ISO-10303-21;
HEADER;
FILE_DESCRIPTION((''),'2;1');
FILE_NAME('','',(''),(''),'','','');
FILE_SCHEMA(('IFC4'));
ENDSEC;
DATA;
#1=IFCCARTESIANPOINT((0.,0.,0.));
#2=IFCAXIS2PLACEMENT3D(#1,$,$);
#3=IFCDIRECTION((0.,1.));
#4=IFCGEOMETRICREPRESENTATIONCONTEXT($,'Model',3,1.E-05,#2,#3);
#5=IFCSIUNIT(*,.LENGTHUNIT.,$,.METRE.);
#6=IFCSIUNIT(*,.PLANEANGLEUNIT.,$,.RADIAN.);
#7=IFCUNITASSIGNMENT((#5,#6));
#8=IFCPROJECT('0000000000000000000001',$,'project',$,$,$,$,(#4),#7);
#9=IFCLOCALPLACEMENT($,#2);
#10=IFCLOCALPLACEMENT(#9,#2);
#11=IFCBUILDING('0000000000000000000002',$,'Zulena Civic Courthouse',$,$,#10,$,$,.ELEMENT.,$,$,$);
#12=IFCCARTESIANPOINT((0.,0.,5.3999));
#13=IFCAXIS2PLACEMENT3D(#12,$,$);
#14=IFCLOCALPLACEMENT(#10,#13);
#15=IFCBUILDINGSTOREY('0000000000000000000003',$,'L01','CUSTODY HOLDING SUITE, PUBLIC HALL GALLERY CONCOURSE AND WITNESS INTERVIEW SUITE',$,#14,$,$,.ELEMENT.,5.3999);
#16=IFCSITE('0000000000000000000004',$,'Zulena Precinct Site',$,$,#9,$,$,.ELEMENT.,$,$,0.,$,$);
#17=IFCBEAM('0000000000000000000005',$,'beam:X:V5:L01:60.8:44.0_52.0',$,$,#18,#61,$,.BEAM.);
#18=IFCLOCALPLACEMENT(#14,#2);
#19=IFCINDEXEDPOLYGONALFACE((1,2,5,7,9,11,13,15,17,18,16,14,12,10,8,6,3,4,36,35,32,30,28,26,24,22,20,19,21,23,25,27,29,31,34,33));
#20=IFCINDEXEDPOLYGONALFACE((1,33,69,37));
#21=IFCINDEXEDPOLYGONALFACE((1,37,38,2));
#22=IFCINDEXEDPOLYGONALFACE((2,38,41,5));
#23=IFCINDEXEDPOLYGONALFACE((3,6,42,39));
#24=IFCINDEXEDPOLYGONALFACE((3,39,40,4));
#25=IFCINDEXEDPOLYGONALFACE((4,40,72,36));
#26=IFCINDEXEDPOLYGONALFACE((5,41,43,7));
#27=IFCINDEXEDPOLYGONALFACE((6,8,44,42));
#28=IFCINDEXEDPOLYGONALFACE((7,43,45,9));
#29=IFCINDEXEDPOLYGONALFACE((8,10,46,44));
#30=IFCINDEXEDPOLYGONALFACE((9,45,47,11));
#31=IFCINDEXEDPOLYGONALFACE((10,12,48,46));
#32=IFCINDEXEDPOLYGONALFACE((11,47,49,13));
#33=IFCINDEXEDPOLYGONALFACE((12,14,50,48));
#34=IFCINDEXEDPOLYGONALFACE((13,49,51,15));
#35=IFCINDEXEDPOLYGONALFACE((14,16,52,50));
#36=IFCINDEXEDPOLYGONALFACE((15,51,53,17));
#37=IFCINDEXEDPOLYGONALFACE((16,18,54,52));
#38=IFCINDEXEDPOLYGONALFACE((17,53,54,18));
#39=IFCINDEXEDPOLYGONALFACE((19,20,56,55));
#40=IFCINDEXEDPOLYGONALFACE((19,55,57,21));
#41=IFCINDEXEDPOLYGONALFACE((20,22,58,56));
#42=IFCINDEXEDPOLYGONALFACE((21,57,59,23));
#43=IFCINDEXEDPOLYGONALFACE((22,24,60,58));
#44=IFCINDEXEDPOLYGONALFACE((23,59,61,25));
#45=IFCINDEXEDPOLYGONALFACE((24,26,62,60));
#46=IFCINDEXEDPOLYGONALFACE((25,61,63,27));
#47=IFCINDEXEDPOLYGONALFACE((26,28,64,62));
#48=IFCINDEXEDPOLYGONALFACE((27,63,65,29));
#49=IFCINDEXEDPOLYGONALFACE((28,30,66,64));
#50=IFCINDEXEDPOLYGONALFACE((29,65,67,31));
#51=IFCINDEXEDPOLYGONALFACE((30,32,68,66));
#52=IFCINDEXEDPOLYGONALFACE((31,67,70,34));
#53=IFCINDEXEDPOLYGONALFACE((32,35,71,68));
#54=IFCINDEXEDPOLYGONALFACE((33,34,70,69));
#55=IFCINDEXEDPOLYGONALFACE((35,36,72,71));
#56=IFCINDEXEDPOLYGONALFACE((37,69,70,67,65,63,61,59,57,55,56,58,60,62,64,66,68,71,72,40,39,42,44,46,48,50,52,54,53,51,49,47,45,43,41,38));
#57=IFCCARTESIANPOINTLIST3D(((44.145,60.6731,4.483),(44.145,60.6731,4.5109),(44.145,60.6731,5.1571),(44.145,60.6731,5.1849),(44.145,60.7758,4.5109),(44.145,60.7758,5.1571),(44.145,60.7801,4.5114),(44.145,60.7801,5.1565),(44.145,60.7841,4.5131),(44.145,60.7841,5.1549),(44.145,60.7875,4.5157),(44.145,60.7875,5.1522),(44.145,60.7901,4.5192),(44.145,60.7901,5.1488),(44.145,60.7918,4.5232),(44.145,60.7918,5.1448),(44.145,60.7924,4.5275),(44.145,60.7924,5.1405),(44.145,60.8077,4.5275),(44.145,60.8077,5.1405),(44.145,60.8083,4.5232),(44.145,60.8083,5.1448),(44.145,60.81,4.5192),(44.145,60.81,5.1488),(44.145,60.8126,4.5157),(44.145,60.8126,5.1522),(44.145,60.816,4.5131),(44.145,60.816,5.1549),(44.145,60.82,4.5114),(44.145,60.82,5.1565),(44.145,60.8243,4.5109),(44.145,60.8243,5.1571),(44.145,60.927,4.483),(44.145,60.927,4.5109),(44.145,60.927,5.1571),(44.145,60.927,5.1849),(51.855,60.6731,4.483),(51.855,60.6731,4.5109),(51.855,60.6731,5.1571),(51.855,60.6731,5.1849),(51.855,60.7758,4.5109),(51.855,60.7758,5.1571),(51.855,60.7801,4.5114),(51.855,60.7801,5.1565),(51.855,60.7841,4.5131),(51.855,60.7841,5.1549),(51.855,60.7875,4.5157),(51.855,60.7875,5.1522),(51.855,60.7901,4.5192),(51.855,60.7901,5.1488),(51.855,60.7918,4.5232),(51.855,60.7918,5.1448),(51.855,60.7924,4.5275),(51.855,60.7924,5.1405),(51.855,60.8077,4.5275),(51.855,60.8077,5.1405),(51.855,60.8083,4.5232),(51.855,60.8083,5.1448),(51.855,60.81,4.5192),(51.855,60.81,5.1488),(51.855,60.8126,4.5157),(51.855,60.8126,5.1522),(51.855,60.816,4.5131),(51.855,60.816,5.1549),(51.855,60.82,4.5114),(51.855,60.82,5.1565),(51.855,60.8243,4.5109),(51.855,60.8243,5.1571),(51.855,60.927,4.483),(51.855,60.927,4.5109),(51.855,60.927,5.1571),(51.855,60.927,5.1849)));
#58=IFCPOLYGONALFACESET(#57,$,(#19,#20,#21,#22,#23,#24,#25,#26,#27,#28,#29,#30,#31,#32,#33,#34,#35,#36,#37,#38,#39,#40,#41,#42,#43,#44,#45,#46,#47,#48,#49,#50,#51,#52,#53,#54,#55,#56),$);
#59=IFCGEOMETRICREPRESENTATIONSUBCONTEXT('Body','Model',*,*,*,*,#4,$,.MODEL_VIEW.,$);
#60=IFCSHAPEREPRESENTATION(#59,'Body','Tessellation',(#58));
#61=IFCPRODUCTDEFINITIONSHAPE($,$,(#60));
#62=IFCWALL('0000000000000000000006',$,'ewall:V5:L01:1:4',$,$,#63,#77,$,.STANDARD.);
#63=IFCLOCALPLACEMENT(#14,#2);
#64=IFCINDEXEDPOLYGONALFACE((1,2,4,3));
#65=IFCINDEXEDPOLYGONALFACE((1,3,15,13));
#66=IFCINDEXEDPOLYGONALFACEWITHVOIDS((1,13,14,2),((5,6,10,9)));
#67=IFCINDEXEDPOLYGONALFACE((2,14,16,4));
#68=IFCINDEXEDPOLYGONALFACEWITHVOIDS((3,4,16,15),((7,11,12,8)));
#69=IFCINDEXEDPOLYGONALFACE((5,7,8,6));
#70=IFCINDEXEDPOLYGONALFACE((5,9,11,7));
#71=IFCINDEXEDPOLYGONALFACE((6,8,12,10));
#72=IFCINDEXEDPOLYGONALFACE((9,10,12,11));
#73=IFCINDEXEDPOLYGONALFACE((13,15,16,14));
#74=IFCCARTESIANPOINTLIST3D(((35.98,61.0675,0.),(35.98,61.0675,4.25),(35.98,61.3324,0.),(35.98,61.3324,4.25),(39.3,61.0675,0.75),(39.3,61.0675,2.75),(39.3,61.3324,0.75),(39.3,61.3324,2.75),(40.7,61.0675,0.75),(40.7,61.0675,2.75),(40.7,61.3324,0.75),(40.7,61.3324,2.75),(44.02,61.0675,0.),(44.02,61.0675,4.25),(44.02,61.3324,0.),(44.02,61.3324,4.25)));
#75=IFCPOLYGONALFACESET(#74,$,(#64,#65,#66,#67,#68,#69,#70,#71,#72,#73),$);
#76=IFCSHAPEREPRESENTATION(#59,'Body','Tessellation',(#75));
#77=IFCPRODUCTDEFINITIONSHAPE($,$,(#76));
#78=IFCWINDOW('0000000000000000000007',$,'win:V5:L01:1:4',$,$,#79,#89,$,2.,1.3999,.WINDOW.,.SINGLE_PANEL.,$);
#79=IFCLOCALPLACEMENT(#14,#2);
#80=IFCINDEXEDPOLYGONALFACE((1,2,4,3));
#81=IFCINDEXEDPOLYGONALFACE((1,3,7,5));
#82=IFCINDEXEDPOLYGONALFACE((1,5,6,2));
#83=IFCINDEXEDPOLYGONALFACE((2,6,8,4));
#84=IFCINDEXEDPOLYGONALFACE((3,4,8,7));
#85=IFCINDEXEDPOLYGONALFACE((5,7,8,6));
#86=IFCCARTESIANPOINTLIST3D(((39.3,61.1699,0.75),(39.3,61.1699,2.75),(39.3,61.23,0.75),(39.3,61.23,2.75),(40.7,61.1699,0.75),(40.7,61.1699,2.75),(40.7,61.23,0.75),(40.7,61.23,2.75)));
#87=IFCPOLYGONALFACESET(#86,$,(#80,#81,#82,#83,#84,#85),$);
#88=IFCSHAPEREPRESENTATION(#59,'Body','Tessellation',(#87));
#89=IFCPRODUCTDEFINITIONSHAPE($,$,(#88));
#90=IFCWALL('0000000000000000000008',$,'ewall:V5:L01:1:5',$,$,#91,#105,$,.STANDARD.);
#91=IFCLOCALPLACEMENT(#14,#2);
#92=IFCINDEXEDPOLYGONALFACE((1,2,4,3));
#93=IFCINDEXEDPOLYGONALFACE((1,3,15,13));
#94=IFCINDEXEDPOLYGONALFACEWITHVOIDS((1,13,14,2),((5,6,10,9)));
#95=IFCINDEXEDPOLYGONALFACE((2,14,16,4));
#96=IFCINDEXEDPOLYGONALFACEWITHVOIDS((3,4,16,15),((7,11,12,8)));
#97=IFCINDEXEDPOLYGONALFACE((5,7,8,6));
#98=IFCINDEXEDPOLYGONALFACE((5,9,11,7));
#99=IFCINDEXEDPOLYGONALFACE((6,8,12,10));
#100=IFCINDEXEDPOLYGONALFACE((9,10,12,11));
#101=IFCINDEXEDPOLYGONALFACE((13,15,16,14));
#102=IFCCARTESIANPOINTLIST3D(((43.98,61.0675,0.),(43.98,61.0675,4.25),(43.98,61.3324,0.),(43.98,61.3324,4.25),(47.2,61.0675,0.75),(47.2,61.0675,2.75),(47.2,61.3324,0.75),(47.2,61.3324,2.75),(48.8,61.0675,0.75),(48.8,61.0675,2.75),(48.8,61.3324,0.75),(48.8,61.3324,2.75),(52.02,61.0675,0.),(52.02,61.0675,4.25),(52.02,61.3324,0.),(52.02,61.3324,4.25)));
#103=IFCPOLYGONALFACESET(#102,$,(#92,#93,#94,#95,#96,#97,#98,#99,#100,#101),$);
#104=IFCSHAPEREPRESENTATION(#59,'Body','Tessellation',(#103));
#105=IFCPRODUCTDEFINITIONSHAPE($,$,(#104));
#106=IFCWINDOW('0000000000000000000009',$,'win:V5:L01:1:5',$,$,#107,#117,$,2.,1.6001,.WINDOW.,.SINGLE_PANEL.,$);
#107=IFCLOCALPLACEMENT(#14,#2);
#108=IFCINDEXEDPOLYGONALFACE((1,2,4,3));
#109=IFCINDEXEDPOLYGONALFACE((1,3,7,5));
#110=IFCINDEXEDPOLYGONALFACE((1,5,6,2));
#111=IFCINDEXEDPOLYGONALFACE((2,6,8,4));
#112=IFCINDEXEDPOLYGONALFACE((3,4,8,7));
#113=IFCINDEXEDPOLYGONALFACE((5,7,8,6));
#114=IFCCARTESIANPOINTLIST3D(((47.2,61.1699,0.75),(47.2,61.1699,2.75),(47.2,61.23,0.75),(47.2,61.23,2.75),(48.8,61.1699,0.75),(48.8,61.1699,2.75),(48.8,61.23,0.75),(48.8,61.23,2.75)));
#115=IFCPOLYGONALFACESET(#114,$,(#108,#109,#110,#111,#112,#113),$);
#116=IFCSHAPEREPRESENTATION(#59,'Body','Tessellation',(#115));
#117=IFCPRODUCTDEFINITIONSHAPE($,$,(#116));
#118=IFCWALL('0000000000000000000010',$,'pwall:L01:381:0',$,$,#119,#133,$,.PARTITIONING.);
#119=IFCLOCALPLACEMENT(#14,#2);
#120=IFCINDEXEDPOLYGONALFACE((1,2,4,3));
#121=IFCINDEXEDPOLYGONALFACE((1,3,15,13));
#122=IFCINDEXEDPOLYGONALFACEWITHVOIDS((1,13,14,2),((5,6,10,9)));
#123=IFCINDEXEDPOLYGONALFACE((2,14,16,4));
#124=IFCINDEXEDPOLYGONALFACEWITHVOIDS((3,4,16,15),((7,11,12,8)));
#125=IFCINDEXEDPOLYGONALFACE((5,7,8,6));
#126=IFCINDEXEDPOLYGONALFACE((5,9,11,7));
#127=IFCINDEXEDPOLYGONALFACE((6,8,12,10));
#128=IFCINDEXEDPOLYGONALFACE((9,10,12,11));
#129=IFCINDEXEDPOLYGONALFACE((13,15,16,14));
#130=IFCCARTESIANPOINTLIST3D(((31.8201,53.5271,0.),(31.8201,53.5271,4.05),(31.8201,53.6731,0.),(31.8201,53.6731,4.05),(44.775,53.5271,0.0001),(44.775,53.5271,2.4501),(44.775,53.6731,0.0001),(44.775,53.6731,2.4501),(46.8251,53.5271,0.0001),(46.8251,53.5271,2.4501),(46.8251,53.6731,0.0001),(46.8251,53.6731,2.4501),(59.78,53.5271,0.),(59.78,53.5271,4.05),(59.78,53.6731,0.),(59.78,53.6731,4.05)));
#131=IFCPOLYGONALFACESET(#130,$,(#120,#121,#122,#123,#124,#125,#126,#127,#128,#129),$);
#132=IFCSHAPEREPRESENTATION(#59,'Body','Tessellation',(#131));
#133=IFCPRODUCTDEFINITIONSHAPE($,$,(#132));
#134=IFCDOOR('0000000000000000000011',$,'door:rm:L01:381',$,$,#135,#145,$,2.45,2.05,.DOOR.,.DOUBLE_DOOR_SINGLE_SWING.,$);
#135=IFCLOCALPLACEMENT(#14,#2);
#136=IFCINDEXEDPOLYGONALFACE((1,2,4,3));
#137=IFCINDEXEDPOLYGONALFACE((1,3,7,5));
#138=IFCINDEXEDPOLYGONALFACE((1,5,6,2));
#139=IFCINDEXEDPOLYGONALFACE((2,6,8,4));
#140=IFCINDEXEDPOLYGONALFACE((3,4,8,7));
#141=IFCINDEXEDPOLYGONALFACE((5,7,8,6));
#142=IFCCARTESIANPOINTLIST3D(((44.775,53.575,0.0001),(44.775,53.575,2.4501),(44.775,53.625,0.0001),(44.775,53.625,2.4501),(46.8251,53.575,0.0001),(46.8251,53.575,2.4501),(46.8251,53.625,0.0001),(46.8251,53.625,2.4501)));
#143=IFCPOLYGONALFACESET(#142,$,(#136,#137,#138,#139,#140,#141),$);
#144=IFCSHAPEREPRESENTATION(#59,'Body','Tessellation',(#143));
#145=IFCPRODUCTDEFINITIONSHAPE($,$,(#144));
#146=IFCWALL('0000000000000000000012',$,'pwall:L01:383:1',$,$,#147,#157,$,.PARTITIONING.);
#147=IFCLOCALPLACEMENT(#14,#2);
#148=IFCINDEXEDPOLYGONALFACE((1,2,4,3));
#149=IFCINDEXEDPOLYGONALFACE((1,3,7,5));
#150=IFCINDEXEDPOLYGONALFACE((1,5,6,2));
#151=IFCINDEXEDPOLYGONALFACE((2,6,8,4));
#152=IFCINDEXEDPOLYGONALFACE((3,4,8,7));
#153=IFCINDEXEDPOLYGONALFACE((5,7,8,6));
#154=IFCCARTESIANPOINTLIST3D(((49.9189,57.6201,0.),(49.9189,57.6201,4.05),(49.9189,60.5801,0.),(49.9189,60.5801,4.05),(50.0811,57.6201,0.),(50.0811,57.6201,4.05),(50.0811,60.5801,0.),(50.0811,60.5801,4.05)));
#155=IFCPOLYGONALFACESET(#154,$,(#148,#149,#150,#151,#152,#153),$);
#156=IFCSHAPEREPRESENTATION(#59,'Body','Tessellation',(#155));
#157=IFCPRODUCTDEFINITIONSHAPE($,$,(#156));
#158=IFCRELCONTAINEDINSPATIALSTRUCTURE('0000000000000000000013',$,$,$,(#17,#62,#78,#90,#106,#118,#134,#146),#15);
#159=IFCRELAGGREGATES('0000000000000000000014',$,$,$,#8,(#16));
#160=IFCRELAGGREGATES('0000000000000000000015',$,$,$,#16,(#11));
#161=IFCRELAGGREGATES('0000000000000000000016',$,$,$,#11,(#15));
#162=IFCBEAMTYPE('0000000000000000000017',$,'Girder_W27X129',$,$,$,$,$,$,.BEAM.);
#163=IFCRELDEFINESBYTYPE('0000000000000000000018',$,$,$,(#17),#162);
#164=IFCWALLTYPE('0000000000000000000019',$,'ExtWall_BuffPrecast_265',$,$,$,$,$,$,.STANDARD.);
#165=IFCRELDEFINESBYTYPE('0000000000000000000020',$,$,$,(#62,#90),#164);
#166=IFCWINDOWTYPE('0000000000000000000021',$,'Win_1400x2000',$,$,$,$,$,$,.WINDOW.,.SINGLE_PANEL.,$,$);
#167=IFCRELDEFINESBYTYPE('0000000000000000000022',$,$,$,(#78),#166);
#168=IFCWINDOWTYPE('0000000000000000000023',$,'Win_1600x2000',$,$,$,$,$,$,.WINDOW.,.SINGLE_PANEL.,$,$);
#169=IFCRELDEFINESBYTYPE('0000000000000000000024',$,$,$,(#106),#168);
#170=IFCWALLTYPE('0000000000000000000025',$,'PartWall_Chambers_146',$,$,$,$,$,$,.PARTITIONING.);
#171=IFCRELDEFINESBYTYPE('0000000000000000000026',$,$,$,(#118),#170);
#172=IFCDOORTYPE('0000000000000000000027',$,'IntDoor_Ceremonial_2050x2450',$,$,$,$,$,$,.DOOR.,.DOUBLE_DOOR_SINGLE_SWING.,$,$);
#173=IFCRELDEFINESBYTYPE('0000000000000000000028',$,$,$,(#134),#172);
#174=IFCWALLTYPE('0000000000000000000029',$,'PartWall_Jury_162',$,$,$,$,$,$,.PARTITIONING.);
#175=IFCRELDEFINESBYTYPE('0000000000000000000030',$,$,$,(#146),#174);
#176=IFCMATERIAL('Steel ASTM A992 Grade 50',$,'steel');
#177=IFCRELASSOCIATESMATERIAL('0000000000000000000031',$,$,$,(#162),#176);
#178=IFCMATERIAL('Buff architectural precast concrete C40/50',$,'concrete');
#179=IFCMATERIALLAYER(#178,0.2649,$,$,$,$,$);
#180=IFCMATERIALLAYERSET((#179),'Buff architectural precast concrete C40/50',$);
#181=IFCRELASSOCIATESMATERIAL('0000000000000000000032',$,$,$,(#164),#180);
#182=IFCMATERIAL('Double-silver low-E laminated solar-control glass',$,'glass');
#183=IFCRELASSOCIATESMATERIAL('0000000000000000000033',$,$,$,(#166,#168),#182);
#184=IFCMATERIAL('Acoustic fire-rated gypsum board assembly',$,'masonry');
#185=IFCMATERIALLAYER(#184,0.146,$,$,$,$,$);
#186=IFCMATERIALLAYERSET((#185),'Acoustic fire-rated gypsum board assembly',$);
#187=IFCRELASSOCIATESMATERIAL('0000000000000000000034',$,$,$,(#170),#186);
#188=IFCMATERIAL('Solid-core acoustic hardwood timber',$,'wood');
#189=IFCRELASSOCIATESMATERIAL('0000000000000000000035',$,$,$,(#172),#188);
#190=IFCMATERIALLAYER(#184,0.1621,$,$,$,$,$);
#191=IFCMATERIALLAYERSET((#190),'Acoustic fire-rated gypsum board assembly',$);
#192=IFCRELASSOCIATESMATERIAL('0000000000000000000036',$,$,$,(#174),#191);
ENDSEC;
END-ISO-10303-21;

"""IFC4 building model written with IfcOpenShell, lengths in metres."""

from ifc_helpers import new_model, si_unit, direction, frame, frame_2d, origin, origin_2d, place, context, subcontext, project, spatial, rectangle, i_section, extrude, material, layer, layer_set, material_profile, profile_set, type_object, element, fill, save


model = new_model("IFC4")

# Units and contexts
model_context = context("Model", 3, precision=1e-05, world=origin(), true_north=direction((0.0, 1.0)))
body_context = subcontext(model_context, "Body", "Model", "MODEL_VIEW")
ifc_project = project(units=[si_unit("LENGTHUNIT", "METRE"), si_unit("PLANEANGLEUNIT", "RADIAN")], contexts=[model_context])

# Site, building, storey
site_placement = place(None, origin())
site = spatial("IfcSite", under=ifc_project, at=site_placement, Name="Zulena Precinct Site", CompositionType="ELEMENT", RefElevation=0.0)
building_placement = place(site_placement, origin())
building = spatial("IfcBuilding", under=site, at=building_placement, Name="Zulena Civic Courthouse", CompositionType="ELEMENT")
storey_placement = place(building_placement, frame((0.0, 0.0, 5.3999)))
storey = spatial("IfcBuildingStorey", under=building, at=storey_placement, Name="L01", Description="CUSTODY HOLDING SUITE, PUBLIC HALL GALLERY CONCOURSE AND WITNESS INTERVIEW SUITE", CompositionType="ELEMENT", Elevation=5.3999)

# Shared definitions
ifc_material_1 = material(Name="Steel ASTM A992 Grade 50", Category="steel")

# Beam
ifc_material_profile_1 = material_profile(ifc_material_1, i_section(OverallWidth=0.2539, OverallDepth=0.7019, WebThickness=0.0154, FlangeThickness=0.0278, FilletRadius=0.0166, at=origin_2d()), Name="W27X129")
ifc_profile_set_1 = profile_set([ifc_material_profile_1], Name="Steel ASTM A992 Grade 50")
beam_type_1 = type_object("IfcBeamType", Name="Girder_W27X129", PredefinedType="BEAM", material=ifc_profile_set_1)
for number, where, z_axis, x_axis, name in (
    (1, (44.145, 60.8, 4.834), (1.0, 0.0, 0.0), (0.0, 1.0, 0.0), "beam:X:V5:L01:60.8:44.0_52.0"),
):
    element("IfcBeam", number, at=place(storey_placement, frame(where, z_axis=z_axis, x_axis=x_axis)), inside=storey, type_object=beam_type_1, Name=name, PredefinedType="BEAM", context=body_context, shape_type="SweptSolid", body=[
        extrude(i_section(OverallWidth=0.2539, OverallDepth=0.7019, WebThickness=0.0154, FlangeThickness=0.0278, FilletRadius=0.0166, at=origin_2d()), origin(), (0.0, 0.0, 1.0), 7.71),
    ])

# Walls, openings, windows
ifc_material_2 = material(Name="Buff architectural precast concrete C40/50", Category="concrete")
ifc_layer_1 = layer(ifc_material_2, 0.2649)
ifc_layer_set_1 = layer_set([ifc_layer_1], Name="Buff architectural precast concrete C40/50")
wall_type_1 = type_object("IfcWallType", Name="ExtWall_BuffPrecast_265", PredefinedType="STANDARD", material=ifc_layer_set_1)
wall_1_placement = place(storey_placement, frame((35.98, 61.2, 0.0), z_axis=(0.0, 0.0, 1.0), x_axis=(1.0, 0.0, 0.0)))
wall_1 = element("IfcWall", 2, at=wall_1_placement, inside=storey, type_object=wall_type_1, Name="ewall:V5:L01:1:4", PredefinedType="STANDARD", context=body_context, shape_type="SweptSolid", body=[
    extrude(rectangle(XDim=8.04, YDim=0.2649, at=frame_2d((4.02, 0.0))), origin(), (0.0, 0.0, 1.0), 4.25),
])
opening_1_placement = place(wall_1_placement, frame((3.3201, 0.0, 0.75)))
opening_1 = element("IfcOpeningElement", 3, at=opening_1_placement, cuts=wall_1, PredefinedType="OPENING", context=body_context, shape_type="SweptSolid", body=[
    extrude(rectangle(XDim=1.3999, YDim=2.0, at=frame_2d((0.7, 1.0))), frame((0.0, 0.1423, 0.0), z_axis=(0.0, -1.0, 0.0), x_axis=(1.0, 0.0, 0.0)), (0.0, 0.0, 1.0), 0.2849),
])
ifc_material_3 = material(Name="Double-silver low-E laminated solar-control glass", Category="glass")
window_type_1 = type_object("IfcWindowType", Name="Win_1400x2000", PartitioningType="SINGLE_PANEL", PredefinedType="WINDOW", material=ifc_material_3)
window_1_placement = place(opening_1_placement, origin())
window_1 = element("IfcWindow", 4, at=window_1_placement, inside=storey, type_object=window_type_1, Name="win:V5:L01:1:4", OverallHeight=2.0, OverallWidth=1.3999, PartitioningType="SINGLE_PANEL", PredefinedType="WINDOW", context=body_context, shape_type="SweptSolid", body=[
    extrude(rectangle(XDim=1.3999, YDim=2.0, at=frame_2d((0.7, 1.0))), frame((0.0, 0.03, 0.0), z_axis=(0.0, -1.0, 0.0), x_axis=(1.0, 0.0, 0.0)), (0.0, 0.0, 1.0), 0.0601),
])
fill(opening_1, window_1)
wall_2_placement = place(storey_placement, frame((43.98, 61.2, 0.0), z_axis=(0.0, 0.0, 1.0), x_axis=(1.0, 0.0, 0.0)))
wall_2 = element("IfcWall", 5, at=wall_2_placement, inside=storey, type_object=wall_type_1, Name="ewall:V5:L01:1:5", PredefinedType="STANDARD", context=body_context, shape_type="SweptSolid", body=[
    extrude(rectangle(XDim=8.04, YDim=0.2649, at=frame_2d((4.02, 0.0))), origin(), (0.0, 0.0, 1.0), 4.25),
])
opening_2_placement = place(wall_2_placement, frame((3.22, 0.0, 0.75)))
opening_2 = element("IfcOpeningElement", 6, at=opening_2_placement, cuts=wall_2, PredefinedType="OPENING", context=body_context, shape_type="SweptSolid", body=[
    extrude(rectangle(XDim=1.6001, YDim=2.0, at=frame_2d((0.8, 1.0))), frame((0.0, 0.1423, 0.0), z_axis=(0.0, -1.0, 0.0), x_axis=(1.0, 0.0, 0.0)), (0.0, 0.0, 1.0), 0.2849),
])
window_type_2 = type_object("IfcWindowType", Name="Win_1600x2000", PartitioningType="SINGLE_PANEL", PredefinedType="WINDOW", material=ifc_material_3)
window_2_placement = place(opening_2_placement, origin())
window_2 = element("IfcWindow", 7, at=window_2_placement, inside=storey, type_object=window_type_2, Name="win:V5:L01:1:5", OverallHeight=2.0, OverallWidth=1.6001, PartitioningType="SINGLE_PANEL", PredefinedType="WINDOW", context=body_context, shape_type="SweptSolid", body=[
    extrude(rectangle(XDim=1.6001, YDim=2.0, at=frame_2d((0.8, 1.0))), frame((0.0, 0.03, 0.0), z_axis=(0.0, -1.0, 0.0), x_axis=(1.0, 0.0, 0.0)), (0.0, 0.0, 1.0), 0.0601),
])
fill(opening_2, window_2)

# Wall, opening, door
ifc_material_4 = material(Name="Acoustic fire-rated gypsum board assembly", Category="masonry")
ifc_layer_2 = layer(ifc_material_4, 0.146)
ifc_layer_set_2 = layer_set([ifc_layer_2], Name="Acoustic fire-rated gypsum board assembly")
wall_type_2 = type_object("IfcWallType", Name="PartWall_Chambers_146", PredefinedType="PARTITIONING", material=ifc_layer_set_2)
wall_3_placement = place(storey_placement, frame((31.8201, 53.6001, 0.0), z_axis=(0.0, 0.0, 1.0), x_axis=(1.0, 0.0, 0.0)))
wall_3 = element("IfcWall", 8, at=wall_3_placement, inside=storey, type_object=wall_type_2, Name="pwall:L01:381:0", PredefinedType="PARTITIONING", context=body_context, shape_type="SweptSolid", body=[
    extrude(rectangle(XDim=27.96, YDim=0.146, at=frame_2d((13.98, 0.0))), origin(), (0.0, 0.0, 1.0), 4.05),
])
opening_3_placement = place(wall_3_placement, frame((12.9551, 0.0, 0.0)))
opening_3 = element("IfcOpeningElement", 9, at=opening_3_placement, cuts=wall_3, PredefinedType="OPENING", context=body_context, shape_type="SweptSolid", body=[
    extrude(rectangle(XDim=2.05, YDim=2.45, at=frame_2d((1.0249, 1.2251))), frame((0.0, 0.083, 0.0), z_axis=(0.0, -1.0, 0.0), x_axis=(1.0, 0.0, 0.0)), (0.0, 0.0, 1.0), 0.166),
])
ifc_material_5 = material(Name="Solid-core acoustic hardwood timber", Category="wood")
door_type_1 = type_object("IfcDoorType", Name="IntDoor_Ceremonial_2050x2450", OperationType="DOUBLE_DOOR_SINGLE_SWING", PredefinedType="DOOR", material=ifc_material_5)
door_1_placement = place(opening_3_placement, origin())
door_1 = element("IfcDoor", 10, at=door_1_placement, inside=storey, type_object=door_type_1, Name="door:rm:L01:381", OperationType="DOUBLE_DOOR_SINGLE_SWING", OverallHeight=2.45, OverallWidth=2.05, PredefinedType="DOOR", context=body_context, shape_type="SweptSolid", body=[
    extrude(rectangle(XDim=2.05, YDim=2.45, at=frame_2d((1.0249, 1.2251))), frame((0.0, 0.0249, 0.0), z_axis=(0.0, -1.0, 0.0), x_axis=(1.0, 0.0, 0.0)), (0.0, 0.0, 1.0), 0.05),
])
fill(opening_3, door_1)

# Wall
ifc_layer_3 = layer(ifc_material_4, 0.1621)
ifc_layer_set_3 = layer_set([ifc_layer_3], Name="Acoustic fire-rated gypsum board assembly")
wall_type_3 = type_object("IfcWallType", Name="PartWall_Jury_162", PredefinedType="PARTITIONING", material=ifc_layer_set_3)
wall_4_placement = place(storey_placement, frame((50.0, 57.6201, 0.0), z_axis=(0.0, 0.0, 1.0), x_axis=(0.0, 1.0, 0.0)))
element("IfcWall", 11, at=wall_4_placement, inside=storey, type_object=wall_type_3, Name="pwall:L01:383:1", PredefinedType="PARTITIONING", context=body_context, shape_type="SweptSolid", body=[
    extrude(rectangle(XDim=2.96, YDim=0.1621, at=frame_2d((1.48, 0.0))), origin(), (0.0, 0.0, 1.0), 4.05),
])

save(model, "model.ifc")
